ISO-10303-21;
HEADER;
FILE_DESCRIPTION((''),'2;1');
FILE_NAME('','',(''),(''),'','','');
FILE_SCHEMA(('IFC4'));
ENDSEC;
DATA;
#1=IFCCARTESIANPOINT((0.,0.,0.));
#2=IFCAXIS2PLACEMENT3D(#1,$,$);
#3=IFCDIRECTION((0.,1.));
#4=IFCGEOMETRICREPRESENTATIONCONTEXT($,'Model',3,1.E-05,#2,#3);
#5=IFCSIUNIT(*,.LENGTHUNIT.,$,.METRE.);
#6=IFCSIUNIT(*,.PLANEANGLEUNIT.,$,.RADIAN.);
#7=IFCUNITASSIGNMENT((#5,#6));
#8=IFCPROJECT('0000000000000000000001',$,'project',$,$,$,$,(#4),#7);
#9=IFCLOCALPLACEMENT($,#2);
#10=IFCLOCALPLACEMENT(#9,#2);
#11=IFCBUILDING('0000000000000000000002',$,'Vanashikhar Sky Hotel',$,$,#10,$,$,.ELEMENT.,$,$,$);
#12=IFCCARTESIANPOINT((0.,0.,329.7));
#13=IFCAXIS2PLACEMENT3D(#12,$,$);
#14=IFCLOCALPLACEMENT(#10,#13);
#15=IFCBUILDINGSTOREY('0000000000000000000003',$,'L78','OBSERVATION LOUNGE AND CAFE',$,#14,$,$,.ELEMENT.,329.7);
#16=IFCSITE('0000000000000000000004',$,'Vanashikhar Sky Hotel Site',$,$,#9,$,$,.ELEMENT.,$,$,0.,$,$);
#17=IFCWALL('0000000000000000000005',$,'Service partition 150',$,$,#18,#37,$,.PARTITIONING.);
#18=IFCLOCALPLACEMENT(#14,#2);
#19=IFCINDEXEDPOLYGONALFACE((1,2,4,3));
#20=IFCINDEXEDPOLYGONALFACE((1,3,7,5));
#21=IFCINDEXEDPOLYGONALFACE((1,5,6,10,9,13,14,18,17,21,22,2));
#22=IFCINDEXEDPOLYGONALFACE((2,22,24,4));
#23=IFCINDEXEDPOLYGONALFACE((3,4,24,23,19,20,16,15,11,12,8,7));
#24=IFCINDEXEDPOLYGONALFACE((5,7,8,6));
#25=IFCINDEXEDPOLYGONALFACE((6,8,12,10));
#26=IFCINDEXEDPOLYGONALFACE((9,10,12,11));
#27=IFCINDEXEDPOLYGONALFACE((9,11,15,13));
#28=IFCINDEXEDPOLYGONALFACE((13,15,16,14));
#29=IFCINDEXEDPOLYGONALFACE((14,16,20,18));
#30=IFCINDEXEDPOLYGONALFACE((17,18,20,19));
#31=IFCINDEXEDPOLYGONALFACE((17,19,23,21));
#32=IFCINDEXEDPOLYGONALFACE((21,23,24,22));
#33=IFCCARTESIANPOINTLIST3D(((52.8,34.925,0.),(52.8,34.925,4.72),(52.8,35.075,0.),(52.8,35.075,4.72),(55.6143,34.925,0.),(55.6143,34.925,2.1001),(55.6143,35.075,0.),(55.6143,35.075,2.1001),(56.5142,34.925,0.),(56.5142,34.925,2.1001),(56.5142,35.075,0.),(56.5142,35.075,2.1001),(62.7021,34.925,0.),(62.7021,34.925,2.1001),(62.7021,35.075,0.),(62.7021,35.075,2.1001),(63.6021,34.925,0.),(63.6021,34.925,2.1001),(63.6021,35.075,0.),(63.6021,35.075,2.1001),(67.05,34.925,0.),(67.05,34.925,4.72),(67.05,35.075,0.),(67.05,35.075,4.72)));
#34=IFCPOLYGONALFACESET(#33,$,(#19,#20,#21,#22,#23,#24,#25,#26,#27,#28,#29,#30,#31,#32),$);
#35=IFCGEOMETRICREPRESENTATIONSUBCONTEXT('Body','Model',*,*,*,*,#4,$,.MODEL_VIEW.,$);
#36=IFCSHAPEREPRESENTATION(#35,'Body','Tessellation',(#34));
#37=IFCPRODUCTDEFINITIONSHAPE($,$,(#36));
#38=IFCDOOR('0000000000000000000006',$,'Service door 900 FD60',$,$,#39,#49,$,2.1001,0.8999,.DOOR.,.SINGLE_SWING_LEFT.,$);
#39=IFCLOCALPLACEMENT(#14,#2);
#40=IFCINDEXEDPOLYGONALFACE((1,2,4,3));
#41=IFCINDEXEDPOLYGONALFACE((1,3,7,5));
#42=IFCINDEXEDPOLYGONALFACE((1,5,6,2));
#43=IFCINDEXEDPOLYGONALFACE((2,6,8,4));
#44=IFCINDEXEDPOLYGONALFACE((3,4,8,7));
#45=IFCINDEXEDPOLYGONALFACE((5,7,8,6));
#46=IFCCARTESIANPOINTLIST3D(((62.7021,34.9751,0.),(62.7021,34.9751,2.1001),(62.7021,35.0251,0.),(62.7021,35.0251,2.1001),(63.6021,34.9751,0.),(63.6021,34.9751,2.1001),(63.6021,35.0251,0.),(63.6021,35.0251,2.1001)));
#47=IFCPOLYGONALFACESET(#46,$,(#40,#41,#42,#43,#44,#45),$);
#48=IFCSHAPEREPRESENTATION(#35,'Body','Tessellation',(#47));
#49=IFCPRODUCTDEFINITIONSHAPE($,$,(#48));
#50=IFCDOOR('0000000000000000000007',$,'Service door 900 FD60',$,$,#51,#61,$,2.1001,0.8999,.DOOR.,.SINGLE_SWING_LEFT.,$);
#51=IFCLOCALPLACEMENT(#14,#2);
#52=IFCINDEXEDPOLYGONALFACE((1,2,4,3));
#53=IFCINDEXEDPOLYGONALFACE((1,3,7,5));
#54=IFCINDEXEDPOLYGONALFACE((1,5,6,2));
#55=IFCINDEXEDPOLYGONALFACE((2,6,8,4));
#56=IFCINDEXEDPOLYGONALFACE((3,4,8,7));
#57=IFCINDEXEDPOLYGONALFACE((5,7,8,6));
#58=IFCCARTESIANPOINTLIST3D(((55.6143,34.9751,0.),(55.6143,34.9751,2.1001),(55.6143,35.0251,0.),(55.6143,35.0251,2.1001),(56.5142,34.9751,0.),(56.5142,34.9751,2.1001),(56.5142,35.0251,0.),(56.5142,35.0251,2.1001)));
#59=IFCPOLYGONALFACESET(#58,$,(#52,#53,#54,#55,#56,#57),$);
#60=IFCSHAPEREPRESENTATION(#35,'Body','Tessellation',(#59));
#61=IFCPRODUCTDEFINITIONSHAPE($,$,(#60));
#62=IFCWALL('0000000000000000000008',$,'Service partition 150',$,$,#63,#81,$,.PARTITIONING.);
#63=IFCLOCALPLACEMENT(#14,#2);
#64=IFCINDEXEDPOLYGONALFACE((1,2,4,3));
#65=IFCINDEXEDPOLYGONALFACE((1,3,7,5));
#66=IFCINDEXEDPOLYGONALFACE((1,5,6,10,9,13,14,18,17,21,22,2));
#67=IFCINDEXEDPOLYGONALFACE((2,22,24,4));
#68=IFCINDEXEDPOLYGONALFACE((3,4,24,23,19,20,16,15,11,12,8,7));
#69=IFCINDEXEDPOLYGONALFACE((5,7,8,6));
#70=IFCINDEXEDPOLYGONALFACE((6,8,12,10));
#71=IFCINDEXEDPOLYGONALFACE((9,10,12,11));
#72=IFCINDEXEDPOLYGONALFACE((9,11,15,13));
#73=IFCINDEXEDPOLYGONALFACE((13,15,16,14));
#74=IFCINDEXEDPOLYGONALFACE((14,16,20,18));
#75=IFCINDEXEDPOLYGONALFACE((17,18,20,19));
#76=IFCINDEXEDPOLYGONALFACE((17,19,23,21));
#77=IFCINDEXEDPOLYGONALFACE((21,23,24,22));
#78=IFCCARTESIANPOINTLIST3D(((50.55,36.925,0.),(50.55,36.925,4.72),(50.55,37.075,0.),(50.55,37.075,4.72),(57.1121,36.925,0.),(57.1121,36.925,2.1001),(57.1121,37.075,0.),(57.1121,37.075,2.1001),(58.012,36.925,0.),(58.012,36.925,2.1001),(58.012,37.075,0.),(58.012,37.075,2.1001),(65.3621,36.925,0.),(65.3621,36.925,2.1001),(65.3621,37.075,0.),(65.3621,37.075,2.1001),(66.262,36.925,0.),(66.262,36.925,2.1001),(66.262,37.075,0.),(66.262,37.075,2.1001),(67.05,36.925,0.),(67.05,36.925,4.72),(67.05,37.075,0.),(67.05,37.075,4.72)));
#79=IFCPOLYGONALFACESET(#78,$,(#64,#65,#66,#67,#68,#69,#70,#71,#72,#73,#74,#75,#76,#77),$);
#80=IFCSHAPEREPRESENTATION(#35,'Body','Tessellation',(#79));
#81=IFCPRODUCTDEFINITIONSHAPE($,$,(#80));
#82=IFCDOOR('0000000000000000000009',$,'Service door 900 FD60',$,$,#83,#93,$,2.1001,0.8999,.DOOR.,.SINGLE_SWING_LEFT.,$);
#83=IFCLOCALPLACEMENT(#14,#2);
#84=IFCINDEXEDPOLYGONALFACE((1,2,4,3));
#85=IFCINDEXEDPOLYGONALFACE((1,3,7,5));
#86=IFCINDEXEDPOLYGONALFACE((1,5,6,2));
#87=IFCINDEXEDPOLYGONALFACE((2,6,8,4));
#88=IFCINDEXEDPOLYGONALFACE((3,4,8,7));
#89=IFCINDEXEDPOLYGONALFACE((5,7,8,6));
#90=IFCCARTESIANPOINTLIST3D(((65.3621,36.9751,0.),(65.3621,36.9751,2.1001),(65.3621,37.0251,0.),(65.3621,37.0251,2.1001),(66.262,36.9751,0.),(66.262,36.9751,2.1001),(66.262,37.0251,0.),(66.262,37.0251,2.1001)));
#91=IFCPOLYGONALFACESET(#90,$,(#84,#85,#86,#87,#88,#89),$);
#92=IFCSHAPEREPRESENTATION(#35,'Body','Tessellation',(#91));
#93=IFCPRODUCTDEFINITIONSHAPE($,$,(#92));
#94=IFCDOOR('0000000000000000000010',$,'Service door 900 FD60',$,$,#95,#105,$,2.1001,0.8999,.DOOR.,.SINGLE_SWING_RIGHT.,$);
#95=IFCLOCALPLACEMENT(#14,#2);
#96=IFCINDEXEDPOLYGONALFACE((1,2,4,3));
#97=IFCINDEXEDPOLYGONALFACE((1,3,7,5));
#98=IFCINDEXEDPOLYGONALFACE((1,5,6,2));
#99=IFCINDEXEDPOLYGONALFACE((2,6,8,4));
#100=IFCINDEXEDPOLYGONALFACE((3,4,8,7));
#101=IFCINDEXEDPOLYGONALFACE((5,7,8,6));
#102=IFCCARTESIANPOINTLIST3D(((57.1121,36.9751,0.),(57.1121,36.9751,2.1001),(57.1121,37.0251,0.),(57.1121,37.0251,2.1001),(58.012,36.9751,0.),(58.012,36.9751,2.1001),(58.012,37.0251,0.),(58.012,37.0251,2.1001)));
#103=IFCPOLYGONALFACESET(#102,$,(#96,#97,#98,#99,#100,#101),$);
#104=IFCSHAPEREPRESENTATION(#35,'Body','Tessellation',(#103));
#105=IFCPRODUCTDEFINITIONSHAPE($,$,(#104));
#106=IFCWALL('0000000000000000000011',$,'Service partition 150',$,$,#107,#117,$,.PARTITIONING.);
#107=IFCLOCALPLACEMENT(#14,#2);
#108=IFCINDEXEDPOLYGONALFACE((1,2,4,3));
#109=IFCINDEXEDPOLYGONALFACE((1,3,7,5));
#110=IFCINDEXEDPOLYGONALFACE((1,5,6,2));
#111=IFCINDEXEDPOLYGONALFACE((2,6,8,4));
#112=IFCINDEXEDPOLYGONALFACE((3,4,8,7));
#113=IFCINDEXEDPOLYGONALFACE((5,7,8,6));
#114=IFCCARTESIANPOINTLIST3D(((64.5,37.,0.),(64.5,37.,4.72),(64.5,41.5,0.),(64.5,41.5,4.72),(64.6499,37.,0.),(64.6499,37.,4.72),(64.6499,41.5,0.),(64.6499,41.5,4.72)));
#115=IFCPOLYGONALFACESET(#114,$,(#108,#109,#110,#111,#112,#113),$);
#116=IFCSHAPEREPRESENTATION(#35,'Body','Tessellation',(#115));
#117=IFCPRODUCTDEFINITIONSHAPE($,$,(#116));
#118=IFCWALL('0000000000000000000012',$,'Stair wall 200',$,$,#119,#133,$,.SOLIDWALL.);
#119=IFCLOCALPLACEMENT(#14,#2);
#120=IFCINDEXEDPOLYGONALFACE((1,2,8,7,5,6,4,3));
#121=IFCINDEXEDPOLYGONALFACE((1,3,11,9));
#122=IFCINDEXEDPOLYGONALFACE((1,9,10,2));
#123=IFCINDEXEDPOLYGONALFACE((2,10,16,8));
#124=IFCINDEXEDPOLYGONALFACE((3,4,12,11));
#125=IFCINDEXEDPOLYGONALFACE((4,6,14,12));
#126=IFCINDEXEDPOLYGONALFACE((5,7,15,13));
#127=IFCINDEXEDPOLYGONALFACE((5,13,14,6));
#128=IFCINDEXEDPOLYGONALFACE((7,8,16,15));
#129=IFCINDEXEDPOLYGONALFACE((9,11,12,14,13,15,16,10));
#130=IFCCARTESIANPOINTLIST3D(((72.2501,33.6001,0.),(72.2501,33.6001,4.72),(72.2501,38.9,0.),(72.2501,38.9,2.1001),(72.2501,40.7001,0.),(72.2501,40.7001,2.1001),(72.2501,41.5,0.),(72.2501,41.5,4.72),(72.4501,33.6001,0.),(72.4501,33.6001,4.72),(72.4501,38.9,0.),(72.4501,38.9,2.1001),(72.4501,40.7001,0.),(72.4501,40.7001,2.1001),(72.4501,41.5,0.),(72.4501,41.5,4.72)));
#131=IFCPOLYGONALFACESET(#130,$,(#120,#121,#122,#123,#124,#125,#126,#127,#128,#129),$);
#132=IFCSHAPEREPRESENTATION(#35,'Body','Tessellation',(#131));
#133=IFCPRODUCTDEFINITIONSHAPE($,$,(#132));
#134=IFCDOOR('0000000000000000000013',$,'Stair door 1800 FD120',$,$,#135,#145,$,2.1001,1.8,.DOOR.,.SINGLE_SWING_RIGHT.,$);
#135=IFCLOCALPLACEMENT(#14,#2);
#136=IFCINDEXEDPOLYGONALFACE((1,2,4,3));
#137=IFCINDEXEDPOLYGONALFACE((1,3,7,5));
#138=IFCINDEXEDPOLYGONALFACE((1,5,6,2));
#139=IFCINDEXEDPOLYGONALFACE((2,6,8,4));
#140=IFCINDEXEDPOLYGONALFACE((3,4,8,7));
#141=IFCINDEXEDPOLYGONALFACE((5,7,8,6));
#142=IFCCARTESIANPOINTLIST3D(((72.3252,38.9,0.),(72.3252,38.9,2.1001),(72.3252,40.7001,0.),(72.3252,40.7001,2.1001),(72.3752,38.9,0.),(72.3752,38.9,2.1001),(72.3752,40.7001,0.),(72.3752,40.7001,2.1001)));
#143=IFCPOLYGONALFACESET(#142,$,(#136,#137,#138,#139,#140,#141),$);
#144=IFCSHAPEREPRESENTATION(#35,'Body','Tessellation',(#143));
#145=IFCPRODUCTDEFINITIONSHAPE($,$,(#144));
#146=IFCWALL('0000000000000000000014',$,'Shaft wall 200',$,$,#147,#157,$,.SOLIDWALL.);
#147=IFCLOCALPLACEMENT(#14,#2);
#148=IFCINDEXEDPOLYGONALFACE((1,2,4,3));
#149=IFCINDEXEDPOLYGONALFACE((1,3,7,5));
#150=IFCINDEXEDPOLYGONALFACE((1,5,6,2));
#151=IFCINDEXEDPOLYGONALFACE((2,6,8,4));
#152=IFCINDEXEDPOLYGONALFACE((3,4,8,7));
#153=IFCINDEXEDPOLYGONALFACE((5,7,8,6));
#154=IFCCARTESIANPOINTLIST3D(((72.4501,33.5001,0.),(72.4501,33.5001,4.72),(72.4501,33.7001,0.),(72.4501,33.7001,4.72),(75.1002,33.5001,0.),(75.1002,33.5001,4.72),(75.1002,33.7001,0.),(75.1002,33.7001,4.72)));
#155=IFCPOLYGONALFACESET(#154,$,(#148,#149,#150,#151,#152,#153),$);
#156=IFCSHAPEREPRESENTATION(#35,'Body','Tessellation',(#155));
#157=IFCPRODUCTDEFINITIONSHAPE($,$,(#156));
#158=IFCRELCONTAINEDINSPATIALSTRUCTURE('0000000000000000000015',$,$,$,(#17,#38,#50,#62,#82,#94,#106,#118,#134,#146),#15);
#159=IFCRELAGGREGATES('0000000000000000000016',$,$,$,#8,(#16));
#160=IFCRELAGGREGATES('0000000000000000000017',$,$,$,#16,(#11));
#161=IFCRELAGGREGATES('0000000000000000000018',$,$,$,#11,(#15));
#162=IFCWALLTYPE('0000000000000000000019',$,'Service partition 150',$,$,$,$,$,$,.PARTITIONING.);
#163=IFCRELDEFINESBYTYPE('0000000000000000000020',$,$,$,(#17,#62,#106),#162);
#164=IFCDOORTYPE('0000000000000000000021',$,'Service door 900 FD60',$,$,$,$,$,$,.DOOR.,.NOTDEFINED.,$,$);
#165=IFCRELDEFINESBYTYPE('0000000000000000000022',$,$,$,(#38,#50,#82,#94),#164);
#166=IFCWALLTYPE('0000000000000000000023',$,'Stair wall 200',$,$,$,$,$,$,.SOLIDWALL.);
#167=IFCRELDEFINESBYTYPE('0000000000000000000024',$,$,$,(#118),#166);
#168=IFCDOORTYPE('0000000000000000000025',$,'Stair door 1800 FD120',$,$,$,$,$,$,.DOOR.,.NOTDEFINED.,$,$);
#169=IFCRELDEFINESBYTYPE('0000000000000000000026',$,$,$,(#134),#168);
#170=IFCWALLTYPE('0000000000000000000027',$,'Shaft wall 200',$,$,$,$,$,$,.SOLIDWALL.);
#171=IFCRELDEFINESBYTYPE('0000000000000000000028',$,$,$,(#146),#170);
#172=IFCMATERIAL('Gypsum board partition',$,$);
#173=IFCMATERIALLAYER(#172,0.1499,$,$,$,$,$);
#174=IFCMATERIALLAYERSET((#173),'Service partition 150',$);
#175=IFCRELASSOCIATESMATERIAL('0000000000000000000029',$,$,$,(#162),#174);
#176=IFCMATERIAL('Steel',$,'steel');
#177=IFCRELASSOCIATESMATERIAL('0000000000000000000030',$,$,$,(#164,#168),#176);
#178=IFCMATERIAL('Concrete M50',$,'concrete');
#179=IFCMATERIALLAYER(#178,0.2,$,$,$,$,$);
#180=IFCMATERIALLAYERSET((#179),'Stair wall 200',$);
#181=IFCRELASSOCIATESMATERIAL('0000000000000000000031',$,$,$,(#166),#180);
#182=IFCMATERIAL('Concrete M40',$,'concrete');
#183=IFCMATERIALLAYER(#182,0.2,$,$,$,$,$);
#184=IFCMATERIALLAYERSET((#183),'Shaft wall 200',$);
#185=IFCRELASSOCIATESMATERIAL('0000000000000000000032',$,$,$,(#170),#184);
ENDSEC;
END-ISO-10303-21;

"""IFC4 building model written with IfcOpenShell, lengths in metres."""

from ifc_helpers import new_model, si_unit, direction, frame, frame_2d, origin, place, context, subcontext, project, spatial, rectangle, extrude, source, transform, mapped, material, layer, layer_set, type_object, element, fill, save


model = new_model("IFC4")

# Units and contexts
model_context = context("Model", 3, precision=1e-05, world=origin(), true_north=direction((0.0, 1.0)))
body_context = subcontext(model_context, "Body", "Model", "MODEL_VIEW")
ifc_project = project(units=[si_unit("LENGTHUNIT", "METRE"), si_unit("PLANEANGLEUNIT", "RADIAN")], contexts=[model_context])

# Site, building, storey
site_placement = place(None, origin())
site = spatial("IfcSite", under=ifc_project, at=site_placement, Name="Vanashikhar Sky Hotel Site", CompositionType="ELEMENT", RefElevation=0.0)
building_placement = place(site_placement, origin())
building = spatial("IfcBuilding", under=site, at=building_placement, Name="Vanashikhar Sky Hotel", CompositionType="ELEMENT")
storey_placement = place(building_placement, frame((0.0, 0.0, 329.7)))
storey = spatial("IfcBuildingStorey", under=building, at=storey_placement, Name="L78", Description="OBSERVATION LOUNGE AND CAFE", CompositionType="ELEMENT", Elevation=329.7)

# Walls, openings, doors
ifc_material_1 = material(Name="Gypsum board partition")
ifc_layer_1 = layer(ifc_material_1, 0.1499)
ifc_layer_set_1 = layer_set([ifc_layer_1], Name="Service partition 150")
wall_type_1 = type_object("IfcWallType", Name="Service partition 150", PredefinedType="PARTITIONING", material=ifc_layer_set_1)
shared_shape_1 = source(origin(), body_context, "Body", "SweptSolid", [
    extrude(rectangle(XDim=14.25, YDim=0.1499, at=frame_2d((7.125, 0.0))), origin(), (0.0, 0.0, 1.0), 4.72),
])
wall_1_placement = place(storey_placement, frame((67.05, 35.0, 0.0), z_axis=(0.0, 0.0, 1.0), x_axis=(-1.0, 0.0, 0.0)))
wall_1 = element("IfcWall", 1, at=wall_1_placement, inside=storey, type_object=wall_type_1, Name="Service partition 150", PredefinedType="PARTITIONING", context=body_context, shape_type="MappedRepresentation", body=[
    mapped(shared_shape_1, transform((0.0, 0.0, 0.0), scale=1.0)),
])
shared_shape_2 = source(origin(), body_context, "Body", "SweptSolid", [
    extrude(rectangle(XDim=0.8999, YDim=2.1001, at=frame_2d((0.45, 1.05))), frame((0.0, 0.085, 0.0), z_axis=(0.0, -1.0, 0.0), x_axis=(1.0, 0.0, 0.0)), (0.0, 0.0, 1.0), 0.1699),
])
opening_1_placement = place(wall_1_placement, frame((3.448, 0.0, 0.0)))
opening_1 = element("IfcOpeningElement", 2, at=opening_1_placement, cuts=wall_1, PredefinedType="OPENING", context=body_context, shape_type="MappedRepresentation", body=[
    mapped(shared_shape_2, transform((0.0, 0.0, 0.0), scale=1.0)),
])
opening_2_placement = place(wall_1_placement, frame((10.5359, 0.0, 0.0)))
opening_2 = element("IfcOpeningElement", 3, at=opening_2_placement, cuts=wall_1, PredefinedType="OPENING", context=body_context, shape_type="MappedRepresentation", body=[
    mapped(shared_shape_2, transform((0.0, 0.0, 0.0), scale=1.0)),
])
ifc_material_2 = material(Name="Steel", Category="steel")
door_type_1 = type_object("IfcDoorType", Name="Service door 900 FD60", OperationType="NOTDEFINED", PredefinedType="DOOR", material=ifc_material_2)
shared_shape_3 = source(origin(), body_context, "Body", "SweptSolid", [
    extrude(rectangle(XDim=0.8999, YDim=2.1001, at=frame_2d((0.45, 1.05))), frame((0.0, 0.0249, 0.0), z_axis=(0.0, -1.0, 0.0), x_axis=(1.0, 0.0, 0.0)), (0.0, 0.0, 1.0), 0.05),
])
door_1_placement = place(opening_1_placement, origin())
door_1 = element("IfcDoor", 4, at=door_1_placement, inside=storey, type_object=door_type_1, Name="Service door 900 FD60", OperationType="SINGLE_SWING_LEFT", OverallHeight=2.1001, OverallWidth=0.8999, PredefinedType="DOOR", context=body_context, shape_type="MappedRepresentation", body=[
    mapped(shared_shape_3, transform((0.0, 0.0, 0.0), scale=1.0)),
])
fill(opening_1, door_1)
door_2_placement = place(opening_2_placement, origin())
door_2 = element("IfcDoor", 5, at=door_2_placement, inside=storey, type_object=door_type_1, Name="Service door 900 FD60", OperationType="SINGLE_SWING_LEFT", OverallHeight=2.1001, OverallWidth=0.8999, PredefinedType="DOOR", context=body_context, shape_type="MappedRepresentation", body=[
    mapped(shared_shape_3, transform((0.0, 0.0, 0.0), scale=1.0)),
])
fill(opening_2, door_2)
shared_shape_4 = source(origin(), body_context, "Body", "SweptSolid", [
    extrude(rectangle(XDim=16.5, YDim=0.1499, at=frame_2d((8.25, 0.0))), origin(), (0.0, 0.0, 1.0), 4.72),
])
wall_2_placement = place(storey_placement, frame((67.05, 37.0, 0.0), z_axis=(0.0, 0.0, 1.0), x_axis=(-1.0, 0.0, 0.0)))
wall_2 = element("IfcWall", 6, at=wall_2_placement, inside=storey, type_object=wall_type_1, Name="Service partition 150", PredefinedType="PARTITIONING", context=body_context, shape_type="MappedRepresentation", body=[
    mapped(shared_shape_4, transform((0.0, 0.0, 0.0), scale=1.0)),
])
opening_3_placement = place(wall_2_placement, frame((0.7881, 0.0, 0.0)))
opening_3 = element("IfcOpeningElement", 7, at=opening_3_placement, cuts=wall_2, PredefinedType="OPENING", context=body_context, shape_type="MappedRepresentation", body=[
    mapped(shared_shape_2, transform((0.0, 0.0, 0.0), scale=1.0)),
])
opening_4_placement = place(wall_2_placement, frame((9.0381, 0.0, 0.0)))
opening_4 = element("IfcOpeningElement", 8, at=opening_4_placement, cuts=wall_2, PredefinedType="OPENING", context=body_context, shape_type="MappedRepresentation", body=[
    mapped(shared_shape_2, transform((0.0, 0.0, 0.0), scale=1.0)),
])
door_3_placement = place(opening_3_placement, origin())
door_3 = element("IfcDoor", 9, at=door_3_placement, inside=storey, type_object=door_type_1, Name="Service door 900 FD60", OperationType="SINGLE_SWING_LEFT", OverallHeight=2.1001, OverallWidth=0.8999, PredefinedType="DOOR", context=body_context, shape_type="MappedRepresentation", body=[
    mapped(shared_shape_3, transform((0.0, 0.0, 0.0), scale=1.0)),
])
fill(opening_3, door_3)
door_4_placement = place(opening_4_placement, origin())
door_4 = element("IfcDoor", 10, at=door_4_placement, inside=storey, type_object=door_type_1, Name="Service door 900 FD60", OperationType="SINGLE_SWING_RIGHT", OverallHeight=2.1001, OverallWidth=0.8999, PredefinedType="DOOR", context=body_context, shape_type="MappedRepresentation", body=[
    mapped(shared_shape_3, transform((0.0, 0.0, 0.0), scale=1.0)),
])
fill(opening_4, door_4)

# Wall
shared_shape_5 = source(origin(), body_context, "Body", "SweptSolid", [
    extrude(rectangle(XDim=4.5, YDim=0.1499, at=frame_2d((2.25, 0.0))), origin(), (0.0, 0.0, 1.0), 4.72),
])
wall_3_placement = place(storey_placement, frame((64.575, 37.0, 0.0), z_axis=(0.0, 0.0, 1.0), x_axis=(0.0, 1.0, 0.0)))
element("IfcWall", 11, at=wall_3_placement, inside=storey, type_object=wall_type_1, Name="Service partition 150", PredefinedType="PARTITIONING", context=body_context, shape_type="MappedRepresentation", body=[
    mapped(shared_shape_5, transform((0.0, 0.0, 0.0), scale=1.0)),
])

# Wall, opening, door
ifc_material_3 = material(Name="Concrete M50", Category="concrete")
ifc_layer_2 = layer(ifc_material_3, 0.2)
ifc_layer_set_2 = layer_set([ifc_layer_2], Name="Stair wall 200")
wall_type_2 = type_object("IfcWallType", Name="Stair wall 200", PredefinedType="SOLIDWALL", material=ifc_layer_set_2)
shared_shape_6 = source(origin(), body_context, "Body", "SweptSolid", [
    extrude(rectangle(XDim=7.8999, YDim=0.2, at=frame_2d((3.95, 0.0))), origin(), (0.0, 0.0, 1.0), 4.72),
])
wall_4_placement = place(storey_placement, frame((72.3501, 33.6001, 0.0), z_axis=(0.0, 0.0, 1.0), x_axis=(0.0, 1.0, 0.0)))
wall_4 = element("IfcWall", 12, at=wall_4_placement, inside=storey, type_object=wall_type_2, Name="Stair wall 200", PredefinedType="SOLIDWALL", context=body_context, shape_type="MappedRepresentation", body=[
    mapped(shared_shape_6, transform((0.0, 0.0, 0.0), scale=1.0)),
])
shared_shape_7 = source(origin(), body_context, "Body", "SweptSolid", [
    extrude(rectangle(XDim=1.8, YDim=2.1001, at=frame_2d((0.8999, 1.05))), frame((0.0, 0.1099, 0.0), z_axis=(0.0, -1.0, 0.0), x_axis=(1.0, 0.0, 0.0)), (0.0, 0.0, 1.0), 0.22),
])
opening_5_placement = place(wall_4_placement, frame((5.3, 0.0, 0.0)))
opening_5 = element("IfcOpeningElement", 13, at=opening_5_placement, cuts=wall_4, PredefinedType="OPENING", context=body_context, shape_type="MappedRepresentation", body=[
    mapped(shared_shape_7, transform((0.0, 0.0, 0.0), scale=1.0)),
])
door_type_2 = type_object("IfcDoorType", Name="Stair door 1800 FD120", OperationType="NOTDEFINED", PredefinedType="DOOR", material=ifc_material_2)
shared_shape_8 = source(origin(), body_context, "Body", "SweptSolid", [
    extrude(rectangle(XDim=1.8, YDim=2.1001, at=frame_2d((0.8999, 1.05))), frame((0.0, 0.0249, 0.0), z_axis=(0.0, -1.0, 0.0), x_axis=(1.0, 0.0, 0.0)), (0.0, 0.0, 1.0), 0.05),
])
door_5_placement = place(opening_5_placement, origin())
door_5 = element("IfcDoor", 14, at=door_5_placement, inside=storey, type_object=door_type_2, Name="Stair door 1800 FD120", OperationType="SINGLE_SWING_RIGHT", OverallHeight=2.1001, OverallWidth=1.8, PredefinedType="DOOR", context=body_context, shape_type="MappedRepresentation", body=[
    mapped(shared_shape_8, transform((0.0, 0.0, 0.0), scale=1.0)),
])
fill(opening_5, door_5)

# Wall
ifc_material_4 = material(Name="Concrete M40", Category="concrete")
ifc_layer_3 = layer(ifc_material_4, 0.2)
ifc_layer_set_3 = layer_set([ifc_layer_3], Name="Shaft wall 200")
wall_type_3 = type_object("IfcWallType", Name="Shaft wall 200", PredefinedType="SOLIDWALL", material=ifc_layer_set_3)
shared_shape_9 = source(origin(), body_context, "Body", "SweptSolid", [
    extrude(rectangle(XDim=2.6501, YDim=0.2, at=frame_2d((1.3252, 0.0))), origin(), (0.0, 0.0, 1.0), 4.72),
])
wall_5_placement = place(storey_placement, frame((72.45, 33.6001, 0.0), z_axis=(0.0, 0.0, 1.0), x_axis=(1.0, 0.0, 0.0)))
element("IfcWall", 15, at=wall_5_placement, inside=storey, type_object=wall_type_3, Name="Shaft wall 200", PredefinedType="SOLIDWALL", context=body_context, shape_type="MappedRepresentation", body=[
    mapped(shared_shape_9, transform((0.0, 0.0, 0.0), scale=1.0)),
])

save(model, "model.ifc")
